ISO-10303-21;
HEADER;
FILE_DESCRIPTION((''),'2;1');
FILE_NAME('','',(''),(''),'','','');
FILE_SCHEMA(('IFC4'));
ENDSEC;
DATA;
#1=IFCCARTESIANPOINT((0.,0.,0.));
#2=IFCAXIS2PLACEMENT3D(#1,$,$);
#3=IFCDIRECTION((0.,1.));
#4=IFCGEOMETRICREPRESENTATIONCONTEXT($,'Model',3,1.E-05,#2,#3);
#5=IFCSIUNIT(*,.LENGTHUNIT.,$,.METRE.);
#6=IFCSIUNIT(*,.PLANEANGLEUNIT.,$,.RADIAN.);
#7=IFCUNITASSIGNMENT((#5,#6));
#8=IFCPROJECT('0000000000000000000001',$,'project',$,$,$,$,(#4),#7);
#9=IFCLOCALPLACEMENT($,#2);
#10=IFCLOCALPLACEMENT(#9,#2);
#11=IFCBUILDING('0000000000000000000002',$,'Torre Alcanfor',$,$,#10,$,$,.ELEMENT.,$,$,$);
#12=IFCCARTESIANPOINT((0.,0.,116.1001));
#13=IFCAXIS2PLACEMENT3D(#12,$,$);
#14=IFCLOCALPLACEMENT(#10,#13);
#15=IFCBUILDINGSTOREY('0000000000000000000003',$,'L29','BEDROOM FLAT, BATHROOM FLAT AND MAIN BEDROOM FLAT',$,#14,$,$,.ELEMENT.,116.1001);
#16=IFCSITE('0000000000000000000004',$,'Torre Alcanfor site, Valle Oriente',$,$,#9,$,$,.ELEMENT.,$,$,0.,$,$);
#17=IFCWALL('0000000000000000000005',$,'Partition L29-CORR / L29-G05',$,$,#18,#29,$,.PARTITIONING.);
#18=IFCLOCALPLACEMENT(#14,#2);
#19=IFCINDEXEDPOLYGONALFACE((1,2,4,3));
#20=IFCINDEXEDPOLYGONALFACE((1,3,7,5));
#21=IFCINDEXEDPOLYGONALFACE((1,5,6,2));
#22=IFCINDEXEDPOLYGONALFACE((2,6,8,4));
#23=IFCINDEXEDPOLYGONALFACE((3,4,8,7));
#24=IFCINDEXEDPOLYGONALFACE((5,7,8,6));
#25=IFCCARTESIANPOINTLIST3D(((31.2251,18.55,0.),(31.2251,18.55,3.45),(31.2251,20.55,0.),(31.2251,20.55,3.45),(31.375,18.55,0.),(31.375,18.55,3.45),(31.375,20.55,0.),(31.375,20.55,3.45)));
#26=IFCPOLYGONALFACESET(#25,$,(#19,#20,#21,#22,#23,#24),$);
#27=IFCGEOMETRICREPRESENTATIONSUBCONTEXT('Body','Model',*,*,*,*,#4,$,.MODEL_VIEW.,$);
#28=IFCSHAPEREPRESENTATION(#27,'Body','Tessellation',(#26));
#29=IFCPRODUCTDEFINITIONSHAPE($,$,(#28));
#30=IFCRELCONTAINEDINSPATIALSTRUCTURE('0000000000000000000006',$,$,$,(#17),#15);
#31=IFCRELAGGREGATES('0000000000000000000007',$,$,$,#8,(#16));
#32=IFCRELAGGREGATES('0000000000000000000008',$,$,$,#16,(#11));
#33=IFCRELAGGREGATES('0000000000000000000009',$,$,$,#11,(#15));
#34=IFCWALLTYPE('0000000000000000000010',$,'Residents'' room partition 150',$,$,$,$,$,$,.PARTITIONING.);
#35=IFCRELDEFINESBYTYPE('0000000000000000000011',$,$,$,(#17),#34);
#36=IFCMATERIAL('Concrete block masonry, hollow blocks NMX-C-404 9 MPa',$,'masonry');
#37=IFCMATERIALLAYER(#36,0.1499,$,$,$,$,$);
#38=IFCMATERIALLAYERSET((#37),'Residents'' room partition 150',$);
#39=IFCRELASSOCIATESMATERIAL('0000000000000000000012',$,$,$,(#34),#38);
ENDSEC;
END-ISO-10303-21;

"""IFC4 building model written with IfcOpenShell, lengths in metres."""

from ifc_helpers import new_model, si_unit, direction, frame, frame_2d, origin, place, context, subcontext, project, spatial, rectangle, extrude, material, layer, layer_set, type_object, element, save


model = new_model("IFC4")

# Units and contexts
model_context = context("Model", 3, precision=1e-05, world=origin(), true_north=direction((0.0, 1.0)))
body_context = subcontext(model_context, "Body", "Model", "MODEL_VIEW")
ifc_project = project(units=[si_unit("LENGTHUNIT", "METRE"), si_unit("PLANEANGLEUNIT", "RADIAN")], contexts=[model_context])

# Site, building, storey
site_placement = place(None, origin())
site = spatial("IfcSite", under=ifc_project, at=site_placement, Name="Torre Alcanfor site, Valle Oriente", CompositionType="ELEMENT", RefElevation=0.0)
building_placement = place(site_placement, origin())
building = spatial("IfcBuilding", under=site, at=building_placement, Name="Torre Alcanfor", CompositionType="ELEMENT")
storey_placement = place(building_placement, frame((0.0, 0.0, 116.1001)))
storey = spatial("IfcBuildingStorey", under=building, at=storey_placement, Name="L29", Description="BEDROOM FLAT, BATHROOM FLAT AND MAIN BEDROOM FLAT", CompositionType="ELEMENT", Elevation=116.1001)

# Wall
ifc_material_1 = material(Name="Concrete block masonry, hollow blocks NMX-C-404 9 MPa", Category="masonry")
ifc_layer_1 = layer(ifc_material_1, 0.1499)
ifc_layer_set_1 = layer_set([ifc_layer_1], Name="Residents' room partition 150")
wall_type_1 = type_object("IfcWallType", Name="Residents' room partition 150", PredefinedType="PARTITIONING", material=ifc_layer_set_1)
wall_1_placement = place(storey_placement, frame((31.3, 18.55, 0.0), z_axis=(0.0, 0.0, 1.0), x_axis=(0.0, 1.0, 0.0)))
element("IfcWall", 1, at=wall_1_placement, inside=storey, type_object=wall_type_1, Name="Partition L29-CORR / L29-G05", PredefinedType="PARTITIONING", context=body_context, shape_type="SweptSolid", body=[
    extrude(rectangle(XDim=2.0, YDim=0.1499, at=frame_2d((1.0, 0.0))), origin(), (0.0, 0.0, 1.0), 3.45),
])

save(model, "model.ifc")
